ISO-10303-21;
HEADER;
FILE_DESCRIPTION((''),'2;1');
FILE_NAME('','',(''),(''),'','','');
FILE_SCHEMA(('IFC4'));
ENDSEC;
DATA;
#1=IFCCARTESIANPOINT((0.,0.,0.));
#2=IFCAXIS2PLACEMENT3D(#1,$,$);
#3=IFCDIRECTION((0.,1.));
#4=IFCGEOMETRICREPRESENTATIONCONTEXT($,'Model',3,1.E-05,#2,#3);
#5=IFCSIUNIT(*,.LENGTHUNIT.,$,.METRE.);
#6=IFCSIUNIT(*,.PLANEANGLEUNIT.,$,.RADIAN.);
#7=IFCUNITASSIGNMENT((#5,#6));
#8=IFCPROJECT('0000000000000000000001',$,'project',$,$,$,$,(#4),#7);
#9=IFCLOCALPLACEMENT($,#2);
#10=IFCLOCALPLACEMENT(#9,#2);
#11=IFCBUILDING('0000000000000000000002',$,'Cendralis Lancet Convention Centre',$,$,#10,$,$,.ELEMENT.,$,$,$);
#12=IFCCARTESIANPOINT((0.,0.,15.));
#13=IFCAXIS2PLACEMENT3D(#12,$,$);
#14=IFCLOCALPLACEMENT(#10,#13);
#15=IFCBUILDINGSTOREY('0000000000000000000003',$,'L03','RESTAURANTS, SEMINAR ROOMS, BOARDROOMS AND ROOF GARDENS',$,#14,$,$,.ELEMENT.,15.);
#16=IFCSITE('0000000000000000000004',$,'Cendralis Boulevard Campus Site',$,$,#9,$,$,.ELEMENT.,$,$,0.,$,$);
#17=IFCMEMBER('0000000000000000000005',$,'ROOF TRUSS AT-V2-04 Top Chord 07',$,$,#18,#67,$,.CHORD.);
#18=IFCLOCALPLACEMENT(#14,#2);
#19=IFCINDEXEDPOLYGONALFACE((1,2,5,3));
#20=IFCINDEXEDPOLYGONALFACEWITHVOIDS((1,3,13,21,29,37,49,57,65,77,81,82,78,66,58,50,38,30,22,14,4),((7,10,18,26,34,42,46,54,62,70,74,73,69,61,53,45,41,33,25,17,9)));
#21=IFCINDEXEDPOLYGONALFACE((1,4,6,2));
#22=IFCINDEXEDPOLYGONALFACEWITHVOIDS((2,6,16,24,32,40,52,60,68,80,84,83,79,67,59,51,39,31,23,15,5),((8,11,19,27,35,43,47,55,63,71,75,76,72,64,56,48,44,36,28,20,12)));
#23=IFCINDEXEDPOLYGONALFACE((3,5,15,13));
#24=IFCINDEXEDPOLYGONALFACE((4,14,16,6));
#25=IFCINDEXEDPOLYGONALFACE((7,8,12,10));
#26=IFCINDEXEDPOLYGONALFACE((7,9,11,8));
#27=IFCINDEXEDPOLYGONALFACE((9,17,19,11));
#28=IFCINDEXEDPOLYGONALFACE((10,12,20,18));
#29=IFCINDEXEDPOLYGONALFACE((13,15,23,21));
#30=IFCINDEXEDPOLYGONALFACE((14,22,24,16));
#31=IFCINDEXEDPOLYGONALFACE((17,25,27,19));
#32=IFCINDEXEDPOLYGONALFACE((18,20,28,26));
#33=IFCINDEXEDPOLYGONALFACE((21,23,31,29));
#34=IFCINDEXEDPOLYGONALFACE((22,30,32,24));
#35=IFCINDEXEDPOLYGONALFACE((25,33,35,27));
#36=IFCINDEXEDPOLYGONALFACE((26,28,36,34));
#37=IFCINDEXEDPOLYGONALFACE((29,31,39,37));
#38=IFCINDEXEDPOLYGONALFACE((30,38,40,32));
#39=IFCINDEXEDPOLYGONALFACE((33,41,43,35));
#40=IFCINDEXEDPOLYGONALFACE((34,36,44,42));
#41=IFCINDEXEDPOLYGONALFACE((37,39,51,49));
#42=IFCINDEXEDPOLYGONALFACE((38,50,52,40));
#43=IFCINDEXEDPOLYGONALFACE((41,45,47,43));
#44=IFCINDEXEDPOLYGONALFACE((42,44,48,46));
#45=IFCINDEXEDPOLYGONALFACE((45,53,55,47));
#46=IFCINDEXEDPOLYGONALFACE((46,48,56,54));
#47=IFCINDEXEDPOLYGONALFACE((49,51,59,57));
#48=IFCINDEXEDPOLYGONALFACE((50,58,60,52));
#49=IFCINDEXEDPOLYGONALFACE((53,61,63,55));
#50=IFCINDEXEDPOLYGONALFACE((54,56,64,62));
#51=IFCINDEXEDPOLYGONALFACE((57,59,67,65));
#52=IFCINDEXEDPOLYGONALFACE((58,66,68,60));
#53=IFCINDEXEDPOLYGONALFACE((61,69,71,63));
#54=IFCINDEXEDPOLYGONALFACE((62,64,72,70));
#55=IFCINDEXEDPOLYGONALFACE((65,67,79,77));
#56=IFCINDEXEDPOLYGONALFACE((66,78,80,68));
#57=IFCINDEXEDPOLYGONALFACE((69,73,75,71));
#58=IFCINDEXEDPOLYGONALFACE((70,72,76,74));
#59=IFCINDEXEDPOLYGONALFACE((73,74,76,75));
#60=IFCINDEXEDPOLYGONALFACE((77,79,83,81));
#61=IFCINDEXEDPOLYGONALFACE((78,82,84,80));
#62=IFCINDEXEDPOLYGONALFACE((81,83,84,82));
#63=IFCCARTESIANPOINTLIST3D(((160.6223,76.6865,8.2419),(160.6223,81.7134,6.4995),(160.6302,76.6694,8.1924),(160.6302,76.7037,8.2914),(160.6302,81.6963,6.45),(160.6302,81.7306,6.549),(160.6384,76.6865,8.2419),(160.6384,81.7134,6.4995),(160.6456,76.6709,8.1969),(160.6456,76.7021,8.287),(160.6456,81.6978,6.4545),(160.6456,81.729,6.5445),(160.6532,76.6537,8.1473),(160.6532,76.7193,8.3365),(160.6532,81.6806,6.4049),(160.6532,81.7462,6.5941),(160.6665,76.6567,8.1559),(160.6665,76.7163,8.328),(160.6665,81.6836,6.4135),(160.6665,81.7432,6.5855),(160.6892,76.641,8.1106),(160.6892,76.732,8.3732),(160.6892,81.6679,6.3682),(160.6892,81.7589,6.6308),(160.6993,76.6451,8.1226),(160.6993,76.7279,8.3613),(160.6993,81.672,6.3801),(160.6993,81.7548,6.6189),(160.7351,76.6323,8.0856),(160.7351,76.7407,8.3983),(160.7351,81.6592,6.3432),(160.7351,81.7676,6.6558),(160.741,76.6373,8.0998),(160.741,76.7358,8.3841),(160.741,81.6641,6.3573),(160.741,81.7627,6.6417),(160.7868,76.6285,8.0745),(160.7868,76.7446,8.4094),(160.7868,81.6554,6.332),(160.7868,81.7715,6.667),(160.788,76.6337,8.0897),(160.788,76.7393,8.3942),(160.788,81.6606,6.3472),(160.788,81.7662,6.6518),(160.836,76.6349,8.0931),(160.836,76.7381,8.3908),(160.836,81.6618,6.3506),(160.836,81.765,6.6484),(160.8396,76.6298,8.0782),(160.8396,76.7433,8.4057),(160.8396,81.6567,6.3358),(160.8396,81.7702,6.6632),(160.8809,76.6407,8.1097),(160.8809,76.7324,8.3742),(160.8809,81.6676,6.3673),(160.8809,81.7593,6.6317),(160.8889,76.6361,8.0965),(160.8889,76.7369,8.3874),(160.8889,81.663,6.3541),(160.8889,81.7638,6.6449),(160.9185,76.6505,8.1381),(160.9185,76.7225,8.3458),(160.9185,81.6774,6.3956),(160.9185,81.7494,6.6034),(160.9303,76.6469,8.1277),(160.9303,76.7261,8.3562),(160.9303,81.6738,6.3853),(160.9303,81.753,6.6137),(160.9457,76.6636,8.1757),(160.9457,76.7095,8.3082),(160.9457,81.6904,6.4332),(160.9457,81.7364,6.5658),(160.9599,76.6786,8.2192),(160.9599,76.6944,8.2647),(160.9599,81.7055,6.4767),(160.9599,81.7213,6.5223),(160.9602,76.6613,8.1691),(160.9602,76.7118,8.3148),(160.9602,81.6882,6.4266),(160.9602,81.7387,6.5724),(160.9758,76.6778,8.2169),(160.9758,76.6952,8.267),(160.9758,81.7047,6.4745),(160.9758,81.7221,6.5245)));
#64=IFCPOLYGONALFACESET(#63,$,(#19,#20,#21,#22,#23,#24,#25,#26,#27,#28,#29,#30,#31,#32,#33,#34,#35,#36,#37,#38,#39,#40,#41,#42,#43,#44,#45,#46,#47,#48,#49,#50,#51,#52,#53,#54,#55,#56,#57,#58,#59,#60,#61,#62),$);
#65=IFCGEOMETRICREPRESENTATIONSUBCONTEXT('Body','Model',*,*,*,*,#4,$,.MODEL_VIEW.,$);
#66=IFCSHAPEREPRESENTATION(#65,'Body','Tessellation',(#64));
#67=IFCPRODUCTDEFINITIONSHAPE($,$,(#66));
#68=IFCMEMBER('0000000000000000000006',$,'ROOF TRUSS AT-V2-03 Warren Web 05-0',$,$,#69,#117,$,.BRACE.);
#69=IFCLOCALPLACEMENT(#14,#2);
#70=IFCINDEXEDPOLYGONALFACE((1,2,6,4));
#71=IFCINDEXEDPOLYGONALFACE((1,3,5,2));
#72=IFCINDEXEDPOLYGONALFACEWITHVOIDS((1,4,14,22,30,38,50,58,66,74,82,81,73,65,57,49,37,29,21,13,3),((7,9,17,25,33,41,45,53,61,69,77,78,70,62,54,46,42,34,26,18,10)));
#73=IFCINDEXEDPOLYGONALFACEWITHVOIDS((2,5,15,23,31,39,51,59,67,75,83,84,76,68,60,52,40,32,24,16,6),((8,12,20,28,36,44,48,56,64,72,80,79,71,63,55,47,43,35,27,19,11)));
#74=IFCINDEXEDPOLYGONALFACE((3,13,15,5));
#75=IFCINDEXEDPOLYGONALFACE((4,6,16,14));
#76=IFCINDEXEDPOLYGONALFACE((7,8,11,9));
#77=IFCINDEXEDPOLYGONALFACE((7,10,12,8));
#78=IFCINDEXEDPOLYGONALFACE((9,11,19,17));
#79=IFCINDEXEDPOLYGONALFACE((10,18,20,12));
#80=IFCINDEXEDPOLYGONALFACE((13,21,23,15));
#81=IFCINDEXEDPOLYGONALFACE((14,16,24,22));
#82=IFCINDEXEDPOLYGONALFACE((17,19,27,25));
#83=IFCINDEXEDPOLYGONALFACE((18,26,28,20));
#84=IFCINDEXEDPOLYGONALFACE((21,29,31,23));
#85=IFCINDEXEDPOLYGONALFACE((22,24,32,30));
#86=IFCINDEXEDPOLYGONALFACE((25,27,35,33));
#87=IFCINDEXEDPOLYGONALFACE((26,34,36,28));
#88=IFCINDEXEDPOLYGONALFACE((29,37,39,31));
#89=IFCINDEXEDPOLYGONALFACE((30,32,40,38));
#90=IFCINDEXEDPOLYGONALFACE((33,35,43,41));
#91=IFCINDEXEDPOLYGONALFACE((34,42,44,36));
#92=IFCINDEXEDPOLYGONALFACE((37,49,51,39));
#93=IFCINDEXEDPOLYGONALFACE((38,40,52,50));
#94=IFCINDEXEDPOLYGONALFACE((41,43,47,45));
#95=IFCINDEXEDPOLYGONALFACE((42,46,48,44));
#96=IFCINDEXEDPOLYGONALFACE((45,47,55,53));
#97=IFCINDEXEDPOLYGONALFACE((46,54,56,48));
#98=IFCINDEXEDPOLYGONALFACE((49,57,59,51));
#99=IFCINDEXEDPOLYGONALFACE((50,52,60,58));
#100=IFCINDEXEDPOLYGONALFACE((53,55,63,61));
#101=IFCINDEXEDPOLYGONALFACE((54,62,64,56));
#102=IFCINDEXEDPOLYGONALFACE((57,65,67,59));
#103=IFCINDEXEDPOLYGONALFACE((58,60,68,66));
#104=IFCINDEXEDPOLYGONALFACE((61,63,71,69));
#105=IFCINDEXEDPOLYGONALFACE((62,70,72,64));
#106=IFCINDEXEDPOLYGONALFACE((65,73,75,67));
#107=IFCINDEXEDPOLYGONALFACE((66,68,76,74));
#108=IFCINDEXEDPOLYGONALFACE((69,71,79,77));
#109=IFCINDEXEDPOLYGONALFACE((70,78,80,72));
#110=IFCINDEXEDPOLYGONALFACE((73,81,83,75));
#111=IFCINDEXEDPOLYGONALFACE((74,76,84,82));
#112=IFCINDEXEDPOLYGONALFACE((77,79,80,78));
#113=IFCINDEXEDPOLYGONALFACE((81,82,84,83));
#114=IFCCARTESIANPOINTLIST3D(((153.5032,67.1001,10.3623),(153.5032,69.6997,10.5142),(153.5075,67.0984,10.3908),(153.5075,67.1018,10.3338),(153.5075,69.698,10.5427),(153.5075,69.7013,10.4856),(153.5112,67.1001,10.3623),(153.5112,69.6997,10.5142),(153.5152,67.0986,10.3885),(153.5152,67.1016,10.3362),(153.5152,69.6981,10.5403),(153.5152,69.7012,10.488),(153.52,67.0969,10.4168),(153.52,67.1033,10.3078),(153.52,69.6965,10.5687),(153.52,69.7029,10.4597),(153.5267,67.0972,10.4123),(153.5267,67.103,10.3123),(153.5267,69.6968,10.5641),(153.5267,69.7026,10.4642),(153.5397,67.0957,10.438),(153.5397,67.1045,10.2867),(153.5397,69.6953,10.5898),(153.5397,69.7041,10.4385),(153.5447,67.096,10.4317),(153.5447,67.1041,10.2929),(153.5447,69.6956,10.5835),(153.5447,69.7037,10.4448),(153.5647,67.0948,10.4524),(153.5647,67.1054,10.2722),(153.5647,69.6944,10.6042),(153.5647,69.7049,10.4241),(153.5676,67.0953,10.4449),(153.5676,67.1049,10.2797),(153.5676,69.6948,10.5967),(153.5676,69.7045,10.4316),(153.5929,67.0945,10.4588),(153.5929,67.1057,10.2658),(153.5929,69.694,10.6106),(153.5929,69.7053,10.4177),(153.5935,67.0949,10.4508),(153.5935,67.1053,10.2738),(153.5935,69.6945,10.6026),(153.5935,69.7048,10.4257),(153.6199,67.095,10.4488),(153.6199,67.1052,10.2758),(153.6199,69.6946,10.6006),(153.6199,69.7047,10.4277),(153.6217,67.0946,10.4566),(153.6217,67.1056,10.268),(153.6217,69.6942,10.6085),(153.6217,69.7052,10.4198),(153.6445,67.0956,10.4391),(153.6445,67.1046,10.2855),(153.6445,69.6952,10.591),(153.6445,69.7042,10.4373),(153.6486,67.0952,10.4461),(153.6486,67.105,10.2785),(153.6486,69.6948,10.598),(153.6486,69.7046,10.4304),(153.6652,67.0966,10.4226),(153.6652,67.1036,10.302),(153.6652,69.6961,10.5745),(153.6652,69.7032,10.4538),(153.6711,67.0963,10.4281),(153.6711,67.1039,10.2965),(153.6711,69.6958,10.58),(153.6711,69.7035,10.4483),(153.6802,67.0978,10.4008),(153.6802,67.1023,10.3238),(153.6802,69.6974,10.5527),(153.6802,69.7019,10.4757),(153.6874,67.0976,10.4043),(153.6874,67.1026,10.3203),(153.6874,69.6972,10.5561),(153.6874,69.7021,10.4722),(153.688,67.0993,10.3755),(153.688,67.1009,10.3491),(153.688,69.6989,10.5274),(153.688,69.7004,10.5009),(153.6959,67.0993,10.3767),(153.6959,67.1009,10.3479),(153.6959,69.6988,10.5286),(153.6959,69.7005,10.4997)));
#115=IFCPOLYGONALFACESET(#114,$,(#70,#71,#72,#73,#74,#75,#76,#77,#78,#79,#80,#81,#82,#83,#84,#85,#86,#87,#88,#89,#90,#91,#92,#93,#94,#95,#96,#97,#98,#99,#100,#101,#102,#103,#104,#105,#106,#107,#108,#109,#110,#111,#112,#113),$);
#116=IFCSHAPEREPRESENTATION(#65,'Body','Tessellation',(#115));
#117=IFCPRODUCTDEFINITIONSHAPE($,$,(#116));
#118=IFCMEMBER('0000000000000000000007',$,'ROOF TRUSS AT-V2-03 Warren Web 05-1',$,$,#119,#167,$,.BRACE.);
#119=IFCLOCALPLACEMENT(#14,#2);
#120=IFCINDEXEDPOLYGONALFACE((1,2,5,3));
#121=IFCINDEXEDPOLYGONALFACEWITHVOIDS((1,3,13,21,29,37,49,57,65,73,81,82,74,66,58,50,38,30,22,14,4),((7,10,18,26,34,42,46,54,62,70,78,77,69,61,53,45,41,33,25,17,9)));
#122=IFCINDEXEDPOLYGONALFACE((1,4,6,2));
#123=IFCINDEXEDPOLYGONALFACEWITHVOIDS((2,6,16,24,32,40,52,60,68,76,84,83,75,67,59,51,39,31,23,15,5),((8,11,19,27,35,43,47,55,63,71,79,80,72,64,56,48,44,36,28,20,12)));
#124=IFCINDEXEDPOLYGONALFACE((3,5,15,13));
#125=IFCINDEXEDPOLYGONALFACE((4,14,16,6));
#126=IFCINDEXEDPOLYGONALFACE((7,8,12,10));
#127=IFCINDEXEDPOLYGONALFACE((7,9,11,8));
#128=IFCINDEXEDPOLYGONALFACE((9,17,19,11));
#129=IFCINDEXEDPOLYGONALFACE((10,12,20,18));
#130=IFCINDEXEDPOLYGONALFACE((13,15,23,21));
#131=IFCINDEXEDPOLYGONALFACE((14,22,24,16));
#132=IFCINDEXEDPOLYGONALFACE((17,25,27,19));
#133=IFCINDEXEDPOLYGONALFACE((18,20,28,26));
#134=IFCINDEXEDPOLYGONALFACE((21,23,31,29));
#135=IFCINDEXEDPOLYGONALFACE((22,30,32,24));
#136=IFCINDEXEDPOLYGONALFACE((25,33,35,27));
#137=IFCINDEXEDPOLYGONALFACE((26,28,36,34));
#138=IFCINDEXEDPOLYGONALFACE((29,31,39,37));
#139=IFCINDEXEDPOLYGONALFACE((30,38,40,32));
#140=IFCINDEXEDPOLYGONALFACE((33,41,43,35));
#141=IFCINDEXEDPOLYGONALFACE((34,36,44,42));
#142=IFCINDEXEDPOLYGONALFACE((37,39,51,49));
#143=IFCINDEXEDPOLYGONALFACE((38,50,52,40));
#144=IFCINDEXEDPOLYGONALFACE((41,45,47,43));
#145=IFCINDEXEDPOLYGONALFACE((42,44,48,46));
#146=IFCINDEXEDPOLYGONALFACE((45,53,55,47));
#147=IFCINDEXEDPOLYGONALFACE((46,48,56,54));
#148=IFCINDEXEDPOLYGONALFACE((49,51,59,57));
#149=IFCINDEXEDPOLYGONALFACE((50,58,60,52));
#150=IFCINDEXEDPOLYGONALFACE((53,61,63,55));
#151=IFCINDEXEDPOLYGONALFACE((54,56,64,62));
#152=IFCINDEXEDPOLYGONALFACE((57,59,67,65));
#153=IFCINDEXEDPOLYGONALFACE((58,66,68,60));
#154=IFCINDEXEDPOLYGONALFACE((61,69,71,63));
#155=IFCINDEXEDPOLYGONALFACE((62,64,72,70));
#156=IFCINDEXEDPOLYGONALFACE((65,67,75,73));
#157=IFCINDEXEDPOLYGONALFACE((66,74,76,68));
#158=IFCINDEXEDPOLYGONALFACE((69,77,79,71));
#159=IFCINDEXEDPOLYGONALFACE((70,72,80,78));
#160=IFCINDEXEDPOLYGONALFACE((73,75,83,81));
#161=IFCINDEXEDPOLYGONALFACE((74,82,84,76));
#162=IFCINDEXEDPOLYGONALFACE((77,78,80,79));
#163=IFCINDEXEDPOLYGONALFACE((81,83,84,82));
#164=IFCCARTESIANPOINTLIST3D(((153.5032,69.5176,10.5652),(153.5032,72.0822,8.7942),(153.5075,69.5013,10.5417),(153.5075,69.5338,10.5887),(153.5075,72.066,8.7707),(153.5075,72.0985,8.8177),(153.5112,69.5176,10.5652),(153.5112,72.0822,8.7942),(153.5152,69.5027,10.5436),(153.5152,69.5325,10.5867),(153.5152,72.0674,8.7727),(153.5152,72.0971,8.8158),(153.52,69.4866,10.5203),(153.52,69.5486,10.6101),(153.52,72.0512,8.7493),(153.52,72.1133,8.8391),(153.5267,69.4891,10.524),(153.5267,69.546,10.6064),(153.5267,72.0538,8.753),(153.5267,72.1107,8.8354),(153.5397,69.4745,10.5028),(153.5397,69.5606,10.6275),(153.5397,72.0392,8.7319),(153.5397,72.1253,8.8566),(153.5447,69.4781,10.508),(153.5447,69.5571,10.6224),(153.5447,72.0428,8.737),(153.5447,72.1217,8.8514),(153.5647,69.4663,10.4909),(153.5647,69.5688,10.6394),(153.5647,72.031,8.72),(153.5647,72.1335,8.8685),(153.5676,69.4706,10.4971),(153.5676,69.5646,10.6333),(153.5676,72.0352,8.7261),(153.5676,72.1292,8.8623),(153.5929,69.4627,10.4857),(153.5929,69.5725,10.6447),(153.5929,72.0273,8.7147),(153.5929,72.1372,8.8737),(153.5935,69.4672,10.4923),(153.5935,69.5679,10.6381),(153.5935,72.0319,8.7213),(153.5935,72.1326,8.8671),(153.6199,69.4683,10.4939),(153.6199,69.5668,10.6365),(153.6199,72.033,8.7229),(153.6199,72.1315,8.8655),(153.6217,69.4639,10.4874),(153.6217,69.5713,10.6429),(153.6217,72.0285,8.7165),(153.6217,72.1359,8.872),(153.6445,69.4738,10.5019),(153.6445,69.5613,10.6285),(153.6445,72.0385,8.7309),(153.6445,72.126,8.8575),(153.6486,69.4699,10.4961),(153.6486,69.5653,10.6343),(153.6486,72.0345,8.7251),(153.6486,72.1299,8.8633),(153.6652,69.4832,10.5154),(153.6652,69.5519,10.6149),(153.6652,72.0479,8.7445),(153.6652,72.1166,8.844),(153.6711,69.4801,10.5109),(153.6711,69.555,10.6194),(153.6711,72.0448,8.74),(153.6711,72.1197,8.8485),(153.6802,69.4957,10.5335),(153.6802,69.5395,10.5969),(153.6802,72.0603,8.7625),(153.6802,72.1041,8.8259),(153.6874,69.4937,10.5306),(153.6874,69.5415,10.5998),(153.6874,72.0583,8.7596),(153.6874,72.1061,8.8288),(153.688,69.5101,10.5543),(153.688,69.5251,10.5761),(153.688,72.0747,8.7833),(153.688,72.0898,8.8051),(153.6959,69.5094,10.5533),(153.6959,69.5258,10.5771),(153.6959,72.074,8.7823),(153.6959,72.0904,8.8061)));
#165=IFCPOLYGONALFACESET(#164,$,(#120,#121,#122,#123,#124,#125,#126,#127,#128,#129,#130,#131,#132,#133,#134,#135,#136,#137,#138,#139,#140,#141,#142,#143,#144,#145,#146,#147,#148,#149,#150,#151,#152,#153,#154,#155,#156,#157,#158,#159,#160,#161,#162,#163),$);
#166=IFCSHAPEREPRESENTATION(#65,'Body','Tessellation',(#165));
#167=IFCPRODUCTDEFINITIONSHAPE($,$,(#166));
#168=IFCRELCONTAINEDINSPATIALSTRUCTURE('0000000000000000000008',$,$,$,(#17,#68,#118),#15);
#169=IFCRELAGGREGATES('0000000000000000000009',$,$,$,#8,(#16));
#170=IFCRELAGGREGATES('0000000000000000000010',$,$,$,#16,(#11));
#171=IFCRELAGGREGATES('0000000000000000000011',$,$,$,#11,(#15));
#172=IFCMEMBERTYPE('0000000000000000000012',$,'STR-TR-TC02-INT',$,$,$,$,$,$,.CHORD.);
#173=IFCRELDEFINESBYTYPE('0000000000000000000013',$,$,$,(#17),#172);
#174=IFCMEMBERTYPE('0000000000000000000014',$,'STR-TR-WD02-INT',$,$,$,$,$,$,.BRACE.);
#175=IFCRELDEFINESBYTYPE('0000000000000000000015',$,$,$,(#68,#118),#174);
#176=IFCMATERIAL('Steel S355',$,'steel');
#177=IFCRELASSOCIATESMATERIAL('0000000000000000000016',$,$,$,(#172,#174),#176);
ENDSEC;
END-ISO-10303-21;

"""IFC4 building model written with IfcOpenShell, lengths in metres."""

from ifc_helpers import new_model, si_unit, direction, frame, origin, origin_2d, place, context, subcontext, project, spatial, hollow_circle, extrude, material, material_profile, profile_set, type_object, element, save


model = new_model("IFC4")

# Units and contexts
model_context = context("Model", 3, precision=1e-05, world=origin(), true_north=direction((0.0, 1.0)))
body_context = subcontext(model_context, "Body", "Model", "MODEL_VIEW")
ifc_project = project(units=[si_unit("LENGTHUNIT", "METRE"), si_unit("PLANEANGLEUNIT", "RADIAN")], contexts=[model_context])

# Site, building, storey
site_placement = place(None, origin())
site = spatial("IfcSite", under=ifc_project, at=site_placement, Name="Cendralis Boulevard Campus Site", CompositionType="ELEMENT", RefElevation=0.0)
building_placement = place(site_placement, origin())
building = spatial("IfcBuilding", under=site, at=building_placement, Name="Cendralis Lancet Convention Centre", CompositionType="ELEMENT")
storey_placement = place(building_placement, frame((0.0, 0.0, 15.0)))
storey = spatial("IfcBuildingStorey", under=building, at=storey_placement, Name="L03", Description="RESTAURANTS, SEMINAR ROOMS, BOARDROOMS AND ROOF GARDENS", CompositionType="ELEMENT", Elevation=15.0)

# Shared definitions
ifc_material = material(Name="Steel S355", Category="steel")

# Members
ifc_material_profile_1 = material_profile(ifc_material, hollow_circle(Radius=0.1777, WallThickness=0.0161, at=origin_2d()), Name="CHS 355.6x16.0")
ifc_profile_set_1 = profile_set([ifc_material_profile_1], Name="Steel S355")
member_type_1 = type_object("IfcMemberType", Name="STR-TR-TC02-INT", PredefinedType="CHORD", material=ifc_profile_set_1)
member_1_placement = place(storey_placement, frame((160.8, 76.6865, 8.2419), z_axis=(0.0, 0.944849, -0.327508), x_axis=(-1.0, 0.0, 0.0)))
element("IfcMember", 1, at=member_1_placement, inside=storey, type_object=member_type_1, Name="ROOF TRUSS AT-V2-04 Top Chord 07", PredefinedType="CHORD", context=body_context, shape_type="SweptSolid", body=[
    extrude(hollow_circle(Radius=0.1777, WallThickness=0.0161, at=origin_2d()), origin(), (0.0, 0.0, 1.0), 5.3203),
])
ifc_material_profile_2 = material_profile(ifc_material, hollow_circle(Radius=0.0969, WallThickness=0.0081, at=origin_2d()), Name="CHS 193.7x8.0")
ifc_profile_set_2 = profile_set([ifc_material_profile_2], Name="Steel S355")
member_type_2 = type_object("IfcMemberType", Name="STR-TR-WD02-INT", PredefinedType="BRACE", material=ifc_profile_set_2)
member_2_placement = place(storey_placement, frame((153.6001, 67.1001, 10.3623), z_axis=(0.0, 0.998298, 0.058315), x_axis=(-1.0, 0.0, 0.0)))
element("IfcMember", 2, at=member_2_placement, inside=storey, type_object=member_type_2, Name="ROOF TRUSS AT-V2-03 Warren Web 05-0", PredefinedType="BRACE", context=body_context, shape_type="SweptSolid", body=[
    extrude(hollow_circle(Radius=0.0969, WallThickness=0.0081, at=origin_2d()), origin(), (0.0, 0.0, 1.0), 2.604),
])
member_3_placement = place(storey_placement, frame((153.6001, 69.5176, 10.5652), z_axis=(0.0, 0.822877, -0.56822), x_axis=(-1.0, 0.0, 0.0)))
element("IfcMember", 3, at=member_3_placement, inside=storey, type_object=member_type_2, Name="ROOF TRUSS AT-V2-03 Warren Web 05-1", PredefinedType="BRACE", context=body_context, shape_type="SweptSolid", body=[
    extrude(hollow_circle(Radius=0.0969, WallThickness=0.0081, at=origin_2d()), origin(), (0.0, 0.0, 1.0), 3.1167),
])

save(model, "model.ifc")
